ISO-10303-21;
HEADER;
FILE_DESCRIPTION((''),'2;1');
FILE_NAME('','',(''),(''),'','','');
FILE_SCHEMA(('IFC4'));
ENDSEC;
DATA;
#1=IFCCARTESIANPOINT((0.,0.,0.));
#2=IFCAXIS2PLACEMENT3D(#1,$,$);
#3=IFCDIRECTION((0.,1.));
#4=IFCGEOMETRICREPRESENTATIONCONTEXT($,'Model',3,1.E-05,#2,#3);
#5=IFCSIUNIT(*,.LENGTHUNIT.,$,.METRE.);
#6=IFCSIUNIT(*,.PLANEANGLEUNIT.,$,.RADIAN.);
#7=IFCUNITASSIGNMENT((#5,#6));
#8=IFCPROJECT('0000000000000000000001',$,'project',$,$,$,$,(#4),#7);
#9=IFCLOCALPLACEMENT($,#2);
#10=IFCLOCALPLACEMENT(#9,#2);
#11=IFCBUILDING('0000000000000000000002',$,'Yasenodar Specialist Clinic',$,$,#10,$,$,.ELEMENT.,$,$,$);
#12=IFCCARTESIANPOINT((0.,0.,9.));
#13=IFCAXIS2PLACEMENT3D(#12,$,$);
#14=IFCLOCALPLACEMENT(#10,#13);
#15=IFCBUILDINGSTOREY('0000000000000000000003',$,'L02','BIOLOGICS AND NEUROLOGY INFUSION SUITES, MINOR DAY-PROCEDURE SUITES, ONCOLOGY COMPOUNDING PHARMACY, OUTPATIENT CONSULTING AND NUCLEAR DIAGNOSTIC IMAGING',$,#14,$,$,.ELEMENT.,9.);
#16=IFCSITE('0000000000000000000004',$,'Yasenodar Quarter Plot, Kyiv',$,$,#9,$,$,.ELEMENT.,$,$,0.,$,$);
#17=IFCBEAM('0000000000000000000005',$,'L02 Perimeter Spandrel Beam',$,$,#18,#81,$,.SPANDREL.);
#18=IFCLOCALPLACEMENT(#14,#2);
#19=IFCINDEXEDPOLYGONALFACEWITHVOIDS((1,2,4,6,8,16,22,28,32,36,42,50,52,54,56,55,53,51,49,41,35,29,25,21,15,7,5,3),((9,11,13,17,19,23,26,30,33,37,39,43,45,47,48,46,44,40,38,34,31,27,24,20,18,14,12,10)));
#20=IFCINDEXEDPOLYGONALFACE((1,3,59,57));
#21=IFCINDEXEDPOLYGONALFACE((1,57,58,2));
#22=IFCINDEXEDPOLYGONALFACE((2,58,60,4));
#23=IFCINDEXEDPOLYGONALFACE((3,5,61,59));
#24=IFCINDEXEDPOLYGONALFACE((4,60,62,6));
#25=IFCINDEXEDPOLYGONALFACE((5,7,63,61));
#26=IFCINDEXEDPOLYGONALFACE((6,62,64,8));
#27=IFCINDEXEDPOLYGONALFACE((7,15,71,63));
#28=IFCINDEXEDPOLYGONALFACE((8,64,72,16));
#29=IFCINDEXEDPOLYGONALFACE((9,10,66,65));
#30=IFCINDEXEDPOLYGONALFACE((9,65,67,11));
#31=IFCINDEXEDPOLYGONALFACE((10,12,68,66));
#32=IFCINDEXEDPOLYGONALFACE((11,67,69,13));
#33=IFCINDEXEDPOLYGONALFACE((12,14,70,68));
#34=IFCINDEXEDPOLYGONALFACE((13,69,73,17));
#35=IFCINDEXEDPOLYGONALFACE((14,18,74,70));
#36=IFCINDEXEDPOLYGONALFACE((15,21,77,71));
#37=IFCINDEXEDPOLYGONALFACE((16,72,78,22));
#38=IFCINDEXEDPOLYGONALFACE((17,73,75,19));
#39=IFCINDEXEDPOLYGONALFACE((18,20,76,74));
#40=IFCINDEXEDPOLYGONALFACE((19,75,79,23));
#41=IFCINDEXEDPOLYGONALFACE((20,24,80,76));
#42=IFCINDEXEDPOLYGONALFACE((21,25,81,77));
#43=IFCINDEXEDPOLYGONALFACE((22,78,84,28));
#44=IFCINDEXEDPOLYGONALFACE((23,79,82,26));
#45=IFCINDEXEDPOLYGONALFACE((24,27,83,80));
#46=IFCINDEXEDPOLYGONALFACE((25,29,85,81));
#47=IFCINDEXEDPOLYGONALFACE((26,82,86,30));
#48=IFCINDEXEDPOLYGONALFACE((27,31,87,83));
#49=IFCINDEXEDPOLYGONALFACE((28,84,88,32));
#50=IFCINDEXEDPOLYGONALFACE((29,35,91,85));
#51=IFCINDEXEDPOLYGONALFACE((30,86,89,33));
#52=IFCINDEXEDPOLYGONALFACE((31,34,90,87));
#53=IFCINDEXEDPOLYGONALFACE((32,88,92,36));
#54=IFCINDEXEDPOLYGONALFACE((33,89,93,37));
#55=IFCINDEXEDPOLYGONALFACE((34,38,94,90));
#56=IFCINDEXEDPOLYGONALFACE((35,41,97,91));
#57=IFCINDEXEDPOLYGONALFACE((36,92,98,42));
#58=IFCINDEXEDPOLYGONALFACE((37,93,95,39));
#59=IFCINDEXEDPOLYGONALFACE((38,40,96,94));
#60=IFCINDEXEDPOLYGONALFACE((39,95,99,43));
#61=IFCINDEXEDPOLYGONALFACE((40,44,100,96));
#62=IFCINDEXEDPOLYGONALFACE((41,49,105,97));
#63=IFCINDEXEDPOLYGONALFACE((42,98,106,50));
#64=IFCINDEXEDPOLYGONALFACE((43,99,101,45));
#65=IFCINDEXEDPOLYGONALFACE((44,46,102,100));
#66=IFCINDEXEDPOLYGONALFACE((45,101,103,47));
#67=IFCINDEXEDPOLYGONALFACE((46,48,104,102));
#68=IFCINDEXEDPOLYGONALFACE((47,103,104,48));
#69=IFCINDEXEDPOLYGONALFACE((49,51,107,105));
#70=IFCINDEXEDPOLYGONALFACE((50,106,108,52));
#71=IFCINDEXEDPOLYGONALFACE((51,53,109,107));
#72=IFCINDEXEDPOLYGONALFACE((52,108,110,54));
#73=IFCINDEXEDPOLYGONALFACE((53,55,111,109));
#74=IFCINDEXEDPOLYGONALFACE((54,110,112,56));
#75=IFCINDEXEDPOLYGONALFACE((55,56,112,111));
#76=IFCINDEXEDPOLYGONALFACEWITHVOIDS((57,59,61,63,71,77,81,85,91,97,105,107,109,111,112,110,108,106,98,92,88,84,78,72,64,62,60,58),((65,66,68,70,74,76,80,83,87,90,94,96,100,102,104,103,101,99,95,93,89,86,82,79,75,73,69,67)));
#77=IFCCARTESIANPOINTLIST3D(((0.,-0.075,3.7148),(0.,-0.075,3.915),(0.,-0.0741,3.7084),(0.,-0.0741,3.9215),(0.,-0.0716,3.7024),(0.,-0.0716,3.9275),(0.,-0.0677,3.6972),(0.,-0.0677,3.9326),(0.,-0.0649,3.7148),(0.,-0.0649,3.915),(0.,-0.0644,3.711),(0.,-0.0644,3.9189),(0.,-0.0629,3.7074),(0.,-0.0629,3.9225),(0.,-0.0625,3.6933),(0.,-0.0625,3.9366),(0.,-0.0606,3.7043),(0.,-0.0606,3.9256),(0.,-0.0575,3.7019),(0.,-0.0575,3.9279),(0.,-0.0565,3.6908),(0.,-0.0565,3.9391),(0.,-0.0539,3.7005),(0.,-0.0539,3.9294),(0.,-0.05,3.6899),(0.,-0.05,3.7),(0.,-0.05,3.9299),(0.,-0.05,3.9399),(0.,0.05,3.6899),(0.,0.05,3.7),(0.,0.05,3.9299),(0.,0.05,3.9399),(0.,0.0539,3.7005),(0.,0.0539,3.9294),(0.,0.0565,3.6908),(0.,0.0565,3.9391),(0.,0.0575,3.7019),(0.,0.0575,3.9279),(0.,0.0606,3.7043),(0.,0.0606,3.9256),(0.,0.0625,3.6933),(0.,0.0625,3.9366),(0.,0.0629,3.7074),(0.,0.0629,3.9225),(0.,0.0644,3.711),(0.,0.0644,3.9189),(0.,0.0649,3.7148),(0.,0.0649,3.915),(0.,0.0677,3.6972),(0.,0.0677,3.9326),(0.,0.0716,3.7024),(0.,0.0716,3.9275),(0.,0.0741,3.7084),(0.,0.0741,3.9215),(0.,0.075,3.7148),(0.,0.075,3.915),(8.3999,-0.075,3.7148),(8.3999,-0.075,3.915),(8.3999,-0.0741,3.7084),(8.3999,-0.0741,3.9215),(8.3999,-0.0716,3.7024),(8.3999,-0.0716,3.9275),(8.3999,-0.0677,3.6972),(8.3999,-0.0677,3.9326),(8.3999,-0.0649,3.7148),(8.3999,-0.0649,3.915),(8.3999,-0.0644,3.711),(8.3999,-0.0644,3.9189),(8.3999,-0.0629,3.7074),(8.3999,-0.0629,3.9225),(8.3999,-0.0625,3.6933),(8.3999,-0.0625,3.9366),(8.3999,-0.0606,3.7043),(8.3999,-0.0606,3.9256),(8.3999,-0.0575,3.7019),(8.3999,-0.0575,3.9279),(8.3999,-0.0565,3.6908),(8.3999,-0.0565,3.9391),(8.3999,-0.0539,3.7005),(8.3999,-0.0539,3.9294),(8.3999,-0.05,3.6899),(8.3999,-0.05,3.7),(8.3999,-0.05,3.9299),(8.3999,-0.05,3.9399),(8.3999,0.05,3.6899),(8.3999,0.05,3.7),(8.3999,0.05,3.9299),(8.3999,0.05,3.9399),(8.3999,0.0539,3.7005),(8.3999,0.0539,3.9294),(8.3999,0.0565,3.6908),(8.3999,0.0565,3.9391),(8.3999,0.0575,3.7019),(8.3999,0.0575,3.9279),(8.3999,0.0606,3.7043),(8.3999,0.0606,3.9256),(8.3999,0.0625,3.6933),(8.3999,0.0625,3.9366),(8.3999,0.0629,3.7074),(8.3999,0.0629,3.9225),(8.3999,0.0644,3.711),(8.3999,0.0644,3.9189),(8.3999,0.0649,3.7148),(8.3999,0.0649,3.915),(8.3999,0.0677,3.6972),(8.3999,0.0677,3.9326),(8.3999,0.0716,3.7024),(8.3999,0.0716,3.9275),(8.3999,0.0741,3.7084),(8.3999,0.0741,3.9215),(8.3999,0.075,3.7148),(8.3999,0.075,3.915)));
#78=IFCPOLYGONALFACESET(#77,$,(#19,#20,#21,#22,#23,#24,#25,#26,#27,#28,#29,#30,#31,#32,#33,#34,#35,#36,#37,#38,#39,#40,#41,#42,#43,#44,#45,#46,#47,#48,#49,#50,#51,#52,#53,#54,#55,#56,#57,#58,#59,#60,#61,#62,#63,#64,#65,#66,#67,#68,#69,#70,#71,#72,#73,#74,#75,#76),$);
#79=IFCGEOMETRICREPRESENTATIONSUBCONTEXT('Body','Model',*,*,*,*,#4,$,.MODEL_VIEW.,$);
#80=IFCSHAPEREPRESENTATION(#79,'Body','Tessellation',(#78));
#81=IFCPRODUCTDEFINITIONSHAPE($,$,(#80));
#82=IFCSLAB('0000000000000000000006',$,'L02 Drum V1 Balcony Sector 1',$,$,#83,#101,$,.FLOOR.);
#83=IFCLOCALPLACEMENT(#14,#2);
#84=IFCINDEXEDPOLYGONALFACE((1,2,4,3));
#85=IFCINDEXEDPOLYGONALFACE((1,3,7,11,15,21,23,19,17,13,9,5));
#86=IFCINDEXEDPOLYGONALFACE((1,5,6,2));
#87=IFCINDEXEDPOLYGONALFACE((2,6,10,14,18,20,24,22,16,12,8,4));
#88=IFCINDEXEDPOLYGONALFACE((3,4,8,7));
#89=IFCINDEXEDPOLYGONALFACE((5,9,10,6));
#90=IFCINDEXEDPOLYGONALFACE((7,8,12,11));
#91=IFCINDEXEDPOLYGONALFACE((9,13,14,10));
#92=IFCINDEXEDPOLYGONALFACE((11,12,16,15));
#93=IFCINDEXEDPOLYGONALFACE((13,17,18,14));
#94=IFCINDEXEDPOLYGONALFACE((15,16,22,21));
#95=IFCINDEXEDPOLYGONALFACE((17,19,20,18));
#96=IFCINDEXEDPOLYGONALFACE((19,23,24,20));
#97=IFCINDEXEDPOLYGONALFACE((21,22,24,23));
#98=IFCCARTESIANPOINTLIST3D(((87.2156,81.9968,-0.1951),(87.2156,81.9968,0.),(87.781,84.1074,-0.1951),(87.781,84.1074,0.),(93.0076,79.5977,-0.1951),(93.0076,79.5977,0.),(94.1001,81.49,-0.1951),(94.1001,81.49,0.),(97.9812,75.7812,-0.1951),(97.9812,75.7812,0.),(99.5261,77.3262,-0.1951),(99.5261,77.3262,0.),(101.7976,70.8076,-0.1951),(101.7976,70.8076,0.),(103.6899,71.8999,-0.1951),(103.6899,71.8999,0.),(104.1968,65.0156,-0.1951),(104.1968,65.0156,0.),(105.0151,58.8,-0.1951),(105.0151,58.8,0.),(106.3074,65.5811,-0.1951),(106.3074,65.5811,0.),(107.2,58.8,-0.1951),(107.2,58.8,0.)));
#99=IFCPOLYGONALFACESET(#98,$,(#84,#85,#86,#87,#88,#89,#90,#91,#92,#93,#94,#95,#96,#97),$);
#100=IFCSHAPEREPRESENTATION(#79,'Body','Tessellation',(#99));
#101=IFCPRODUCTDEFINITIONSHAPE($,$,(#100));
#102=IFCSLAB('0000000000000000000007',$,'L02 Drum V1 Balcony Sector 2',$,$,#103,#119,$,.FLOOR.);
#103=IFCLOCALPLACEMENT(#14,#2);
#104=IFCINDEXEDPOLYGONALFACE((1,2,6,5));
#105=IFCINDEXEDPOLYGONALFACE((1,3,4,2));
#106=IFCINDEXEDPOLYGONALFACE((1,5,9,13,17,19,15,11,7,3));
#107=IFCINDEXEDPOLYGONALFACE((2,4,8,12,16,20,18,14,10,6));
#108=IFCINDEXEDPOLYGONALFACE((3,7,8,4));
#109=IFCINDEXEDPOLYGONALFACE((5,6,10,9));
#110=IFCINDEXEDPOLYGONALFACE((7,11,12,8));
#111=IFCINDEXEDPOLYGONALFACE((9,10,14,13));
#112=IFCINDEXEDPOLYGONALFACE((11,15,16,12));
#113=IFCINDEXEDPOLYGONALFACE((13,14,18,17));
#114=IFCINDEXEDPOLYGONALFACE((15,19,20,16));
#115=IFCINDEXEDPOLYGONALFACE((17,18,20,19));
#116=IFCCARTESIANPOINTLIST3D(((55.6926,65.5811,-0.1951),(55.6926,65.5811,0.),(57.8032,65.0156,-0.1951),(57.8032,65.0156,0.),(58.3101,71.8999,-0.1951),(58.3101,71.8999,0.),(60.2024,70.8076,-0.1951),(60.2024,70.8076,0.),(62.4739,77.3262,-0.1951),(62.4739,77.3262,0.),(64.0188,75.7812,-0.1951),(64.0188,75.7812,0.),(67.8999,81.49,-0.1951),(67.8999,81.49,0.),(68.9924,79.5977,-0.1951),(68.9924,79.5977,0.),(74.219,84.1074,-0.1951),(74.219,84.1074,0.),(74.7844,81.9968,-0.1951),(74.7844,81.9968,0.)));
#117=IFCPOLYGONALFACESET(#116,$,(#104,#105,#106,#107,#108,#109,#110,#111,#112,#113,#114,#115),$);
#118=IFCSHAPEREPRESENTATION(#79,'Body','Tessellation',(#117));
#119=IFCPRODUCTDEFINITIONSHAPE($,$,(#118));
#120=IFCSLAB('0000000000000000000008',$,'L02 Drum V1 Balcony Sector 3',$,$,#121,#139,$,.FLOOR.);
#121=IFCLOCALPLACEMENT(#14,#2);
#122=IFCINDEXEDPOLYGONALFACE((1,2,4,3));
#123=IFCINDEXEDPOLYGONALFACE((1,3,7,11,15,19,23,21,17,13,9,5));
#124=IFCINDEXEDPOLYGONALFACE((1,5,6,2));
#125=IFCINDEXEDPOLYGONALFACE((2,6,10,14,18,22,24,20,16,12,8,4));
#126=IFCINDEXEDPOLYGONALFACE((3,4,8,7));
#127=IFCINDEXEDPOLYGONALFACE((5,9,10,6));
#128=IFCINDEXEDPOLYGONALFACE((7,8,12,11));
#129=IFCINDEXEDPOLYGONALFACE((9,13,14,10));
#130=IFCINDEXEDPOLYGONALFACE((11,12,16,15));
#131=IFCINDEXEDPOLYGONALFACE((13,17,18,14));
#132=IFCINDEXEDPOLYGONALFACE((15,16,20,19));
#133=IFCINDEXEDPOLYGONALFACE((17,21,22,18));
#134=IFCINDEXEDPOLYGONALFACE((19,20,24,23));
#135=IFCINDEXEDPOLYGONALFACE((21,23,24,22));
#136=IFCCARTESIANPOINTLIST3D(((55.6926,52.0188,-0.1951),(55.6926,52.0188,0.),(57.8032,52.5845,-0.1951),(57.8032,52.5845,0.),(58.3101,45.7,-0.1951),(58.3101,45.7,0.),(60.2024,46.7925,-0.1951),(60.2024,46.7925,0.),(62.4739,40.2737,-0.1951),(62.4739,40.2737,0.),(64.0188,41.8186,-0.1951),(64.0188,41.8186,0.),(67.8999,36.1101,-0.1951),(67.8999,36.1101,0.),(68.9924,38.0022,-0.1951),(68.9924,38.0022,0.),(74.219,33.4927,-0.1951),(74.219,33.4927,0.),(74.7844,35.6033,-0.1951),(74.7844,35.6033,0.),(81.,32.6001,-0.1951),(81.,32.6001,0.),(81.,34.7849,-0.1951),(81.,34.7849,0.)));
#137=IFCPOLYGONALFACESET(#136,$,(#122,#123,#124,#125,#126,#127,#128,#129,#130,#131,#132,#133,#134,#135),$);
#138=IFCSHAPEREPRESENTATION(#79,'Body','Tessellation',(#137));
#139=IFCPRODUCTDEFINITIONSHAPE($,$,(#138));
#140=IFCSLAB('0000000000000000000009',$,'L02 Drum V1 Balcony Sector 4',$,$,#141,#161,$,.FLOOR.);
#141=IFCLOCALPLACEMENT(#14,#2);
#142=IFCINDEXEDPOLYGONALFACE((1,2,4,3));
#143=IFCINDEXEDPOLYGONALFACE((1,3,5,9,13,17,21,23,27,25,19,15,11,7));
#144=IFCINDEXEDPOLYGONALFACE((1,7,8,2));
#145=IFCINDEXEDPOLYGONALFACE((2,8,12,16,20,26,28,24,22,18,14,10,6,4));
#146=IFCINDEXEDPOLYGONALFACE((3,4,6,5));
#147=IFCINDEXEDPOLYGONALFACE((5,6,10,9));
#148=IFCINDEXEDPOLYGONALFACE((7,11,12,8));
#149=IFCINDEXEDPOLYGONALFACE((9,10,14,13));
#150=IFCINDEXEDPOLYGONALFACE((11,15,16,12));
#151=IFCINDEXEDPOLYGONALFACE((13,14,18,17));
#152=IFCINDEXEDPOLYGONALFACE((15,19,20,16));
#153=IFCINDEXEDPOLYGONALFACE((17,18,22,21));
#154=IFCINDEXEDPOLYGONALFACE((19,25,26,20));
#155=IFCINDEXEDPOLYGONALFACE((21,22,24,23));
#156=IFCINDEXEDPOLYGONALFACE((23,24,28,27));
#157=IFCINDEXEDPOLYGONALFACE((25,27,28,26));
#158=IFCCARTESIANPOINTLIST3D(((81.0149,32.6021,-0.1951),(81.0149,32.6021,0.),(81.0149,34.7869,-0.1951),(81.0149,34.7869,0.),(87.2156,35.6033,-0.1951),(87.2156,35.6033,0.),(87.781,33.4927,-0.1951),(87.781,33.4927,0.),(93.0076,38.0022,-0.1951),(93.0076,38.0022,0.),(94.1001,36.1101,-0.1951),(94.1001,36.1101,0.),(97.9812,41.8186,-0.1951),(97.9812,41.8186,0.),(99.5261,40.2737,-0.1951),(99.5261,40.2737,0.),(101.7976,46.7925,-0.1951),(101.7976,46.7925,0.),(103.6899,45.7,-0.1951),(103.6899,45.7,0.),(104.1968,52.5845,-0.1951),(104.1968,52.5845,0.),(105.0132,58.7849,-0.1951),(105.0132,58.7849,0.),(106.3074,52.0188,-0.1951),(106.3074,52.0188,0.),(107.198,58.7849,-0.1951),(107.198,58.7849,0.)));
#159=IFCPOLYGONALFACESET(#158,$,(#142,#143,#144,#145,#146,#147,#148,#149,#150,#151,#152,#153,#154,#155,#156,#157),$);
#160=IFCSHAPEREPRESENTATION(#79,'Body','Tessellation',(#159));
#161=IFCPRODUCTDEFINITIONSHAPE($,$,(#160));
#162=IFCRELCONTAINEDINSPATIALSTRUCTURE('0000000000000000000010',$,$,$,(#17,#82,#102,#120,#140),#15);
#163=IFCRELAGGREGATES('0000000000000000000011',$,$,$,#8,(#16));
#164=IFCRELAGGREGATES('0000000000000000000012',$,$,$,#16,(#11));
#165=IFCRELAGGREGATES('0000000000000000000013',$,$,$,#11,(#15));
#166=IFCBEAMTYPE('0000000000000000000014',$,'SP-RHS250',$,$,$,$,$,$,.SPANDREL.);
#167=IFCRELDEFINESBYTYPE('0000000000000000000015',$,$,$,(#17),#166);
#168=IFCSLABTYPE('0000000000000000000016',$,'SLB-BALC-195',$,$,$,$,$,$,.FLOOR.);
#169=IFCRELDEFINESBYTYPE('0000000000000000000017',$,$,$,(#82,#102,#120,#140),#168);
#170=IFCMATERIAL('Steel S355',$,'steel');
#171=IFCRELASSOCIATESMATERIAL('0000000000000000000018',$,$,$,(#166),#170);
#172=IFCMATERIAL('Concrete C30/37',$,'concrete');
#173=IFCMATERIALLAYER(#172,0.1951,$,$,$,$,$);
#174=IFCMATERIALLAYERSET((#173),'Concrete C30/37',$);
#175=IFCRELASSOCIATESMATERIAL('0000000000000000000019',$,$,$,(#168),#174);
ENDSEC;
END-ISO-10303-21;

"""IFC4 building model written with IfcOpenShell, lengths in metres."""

from ifc_helpers import new_model, si_unit, direction, frame, origin, origin_2d, place, context, subcontext, project, spatial, polyline, hollow_rectangle, outline, extrude, material, layer, layer_set, material_profile, profile_set, type_object, element, save


model = new_model("IFC4")

# Units and contexts
model_context = context("Model", 3, precision=1e-05, world=origin(), true_north=direction((0.0, 1.0)))
body_context = subcontext(model_context, "Body", "Model", "MODEL_VIEW")
ifc_project = project(units=[si_unit("LENGTHUNIT", "METRE"), si_unit("PLANEANGLEUNIT", "RADIAN")], contexts=[model_context])

# Site, building, storey
site_placement = place(None, origin())
site = spatial("IfcSite", under=ifc_project, at=site_placement, Name="Yasenodar Quarter Plot, Kyiv", CompositionType="ELEMENT", RefElevation=0.0)
building_placement = place(site_placement, origin())
building = spatial("IfcBuilding", under=site, at=building_placement, Name="Yasenodar Specialist Clinic", CompositionType="ELEMENT")
storey_placement = place(building_placement, frame((0.0, 0.0, 9.0)))
storey = spatial("IfcBuildingStorey", under=building, at=storey_placement, Name="L02", Description="BIOLOGICS AND NEUROLOGY INFUSION SUITES, MINOR DAY-PROCEDURE SUITES, ONCOLOGY COMPOUNDING PHARMACY, OUTPATIENT CONSULTING AND NUCLEAR DIAGNOSTIC IMAGING", CompositionType="ELEMENT", Elevation=9.0)

# Beam
ifc_material_1 = material(Name="Steel S355", Category="steel")
ifc_material_profile_1 = material_profile(ifc_material_1, hollow_rectangle(XDim=0.1499, YDim=0.25, WallThickness=0.01, InnerFilletRadius=0.0149, OuterFilletRadius=0.0249, at=origin_2d()), Name="RHS 250x150x10")
ifc_profile_set_1 = profile_set([ifc_material_profile_1], Name="Steel S355")
beam_type_1 = type_object("IfcBeamType", Name="SP-RHS250", PredefinedType="SPANDREL", material=ifc_profile_set_1)
beam_1_placement = place(storey_placement, frame((0.0, 0.0, 3.8149), z_axis=(1.0, 0.0, 0.0), x_axis=(0.0, 1.0, 0.0)))
element("IfcBeam", 1, at=beam_1_placement, inside=storey, type_object=beam_type_1, Name="L02 Perimeter Spandrel Beam", PredefinedType="SPANDREL", context=body_context, shape_type="SweptSolid", body=[
    extrude(hollow_rectangle(XDim=0.1499, YDim=0.25, WallThickness=0.01, InnerFilletRadius=0.0149, OuterFilletRadius=0.0249, at=origin_2d()), origin(), (0.0, 0.0, 1.0), 8.3999),
])

# Slabs
ifc_material_2 = material(Name="Concrete C30/37", Category="concrete")
ifc_layer_1 = layer(ifc_material_2, 0.1951)
ifc_layer_set_1 = layer_set([ifc_layer_1], Name="Concrete C30/37")
slab_type_1 = type_object("IfcSlabType", Name="SLB-BALC-195", PredefinedType="FLOOR", material=ifc_layer_set_1)
slab_1_placement = place(storey_placement, frame((0.0, 0.0, -0.1951)))
element("IfcSlab", 2, at=slab_1_placement, inside=storey, type_object=slab_type_1, Name="L02 Drum V1 Balcony Sector 1", PredefinedType="FLOOR", context=body_context, shape_type="SweptSolid", body=[
    extrude(outline(polyline([(87.781, 84.1074), (94.1001, 81.49), (99.5261, 77.3262), (103.6899, 71.8999), (106.3074, 65.5811), (107.2, 58.8), (105.0151, 58.8), (104.1968, 65.0156), (101.7976, 70.8076), (97.9812, 75.7812), (93.0076, 79.5977), (87.2156, 81.9968), (87.781, 84.1074)])), origin(), (0.0, 0.0, 1.0), 0.1951),
])
slab_2_placement = place(storey_placement, frame((0.0, 0.0, -0.1951)))
element("IfcSlab", 3, at=slab_2_placement, inside=storey, type_object=slab_type_1, Name="L02 Drum V1 Balcony Sector 2", PredefinedType="FLOOR", context=body_context, shape_type="SweptSolid", body=[
    extrude(outline(polyline([(55.6926, 65.5811), (58.3101, 71.8999), (62.4739, 77.3262), (67.8999, 81.49), (74.219, 84.1074), (74.7844, 81.9968), (68.9924, 79.5977), (64.0188, 75.7812), (60.2024, 70.8076), (57.8032, 65.0156), (55.6926, 65.5811)])), origin(), (0.0, 0.0, 1.0), 0.1951),
])
slab_3_placement = place(storey_placement, frame((0.0, 0.0, -0.1951)))
element("IfcSlab", 4, at=slab_3_placement, inside=storey, type_object=slab_type_1, Name="L02 Drum V1 Balcony Sector 3", PredefinedType="FLOOR", context=body_context, shape_type="SweptSolid", body=[
    extrude(outline(polyline([(81.0, 32.6001), (74.219, 33.4927), (67.8999, 36.1101), (62.4739, 40.2737), (58.3101, 45.7), (55.6926, 52.0188), (57.8032, 52.5845), (60.2024, 46.7925), (64.0188, 41.8186), (68.9924, 38.0022), (74.7844, 35.6033), (81.0, 34.7849), (81.0, 32.6001)])), origin(), (0.0, 0.0, 1.0), 0.1951),
])
slab_4_placement = place(storey_placement, frame((0.0, 0.0, -0.1951)))
element("IfcSlab", 5, at=slab_4_placement, inside=storey, type_object=slab_type_1, Name="L02 Drum V1 Balcony Sector 4", PredefinedType="FLOOR", context=body_context, shape_type="SweptSolid", body=[
    extrude(outline(polyline([(106.3074, 52.0188), (103.6899, 45.7), (99.5261, 40.2737), (94.1001, 36.1101), (87.781, 33.4927), (81.0149, 32.6021), (81.0149, 34.7869), (87.2156, 35.6033), (93.0076, 38.0022), (97.9812, 41.8186), (101.7976, 46.7925), (104.1968, 52.5845), (105.0132, 58.7849), (107.198, 58.7849), (106.3074, 52.0188)])), origin(), (0.0, 0.0, 1.0), 0.1951),
])

save(model, "model.ifc")
